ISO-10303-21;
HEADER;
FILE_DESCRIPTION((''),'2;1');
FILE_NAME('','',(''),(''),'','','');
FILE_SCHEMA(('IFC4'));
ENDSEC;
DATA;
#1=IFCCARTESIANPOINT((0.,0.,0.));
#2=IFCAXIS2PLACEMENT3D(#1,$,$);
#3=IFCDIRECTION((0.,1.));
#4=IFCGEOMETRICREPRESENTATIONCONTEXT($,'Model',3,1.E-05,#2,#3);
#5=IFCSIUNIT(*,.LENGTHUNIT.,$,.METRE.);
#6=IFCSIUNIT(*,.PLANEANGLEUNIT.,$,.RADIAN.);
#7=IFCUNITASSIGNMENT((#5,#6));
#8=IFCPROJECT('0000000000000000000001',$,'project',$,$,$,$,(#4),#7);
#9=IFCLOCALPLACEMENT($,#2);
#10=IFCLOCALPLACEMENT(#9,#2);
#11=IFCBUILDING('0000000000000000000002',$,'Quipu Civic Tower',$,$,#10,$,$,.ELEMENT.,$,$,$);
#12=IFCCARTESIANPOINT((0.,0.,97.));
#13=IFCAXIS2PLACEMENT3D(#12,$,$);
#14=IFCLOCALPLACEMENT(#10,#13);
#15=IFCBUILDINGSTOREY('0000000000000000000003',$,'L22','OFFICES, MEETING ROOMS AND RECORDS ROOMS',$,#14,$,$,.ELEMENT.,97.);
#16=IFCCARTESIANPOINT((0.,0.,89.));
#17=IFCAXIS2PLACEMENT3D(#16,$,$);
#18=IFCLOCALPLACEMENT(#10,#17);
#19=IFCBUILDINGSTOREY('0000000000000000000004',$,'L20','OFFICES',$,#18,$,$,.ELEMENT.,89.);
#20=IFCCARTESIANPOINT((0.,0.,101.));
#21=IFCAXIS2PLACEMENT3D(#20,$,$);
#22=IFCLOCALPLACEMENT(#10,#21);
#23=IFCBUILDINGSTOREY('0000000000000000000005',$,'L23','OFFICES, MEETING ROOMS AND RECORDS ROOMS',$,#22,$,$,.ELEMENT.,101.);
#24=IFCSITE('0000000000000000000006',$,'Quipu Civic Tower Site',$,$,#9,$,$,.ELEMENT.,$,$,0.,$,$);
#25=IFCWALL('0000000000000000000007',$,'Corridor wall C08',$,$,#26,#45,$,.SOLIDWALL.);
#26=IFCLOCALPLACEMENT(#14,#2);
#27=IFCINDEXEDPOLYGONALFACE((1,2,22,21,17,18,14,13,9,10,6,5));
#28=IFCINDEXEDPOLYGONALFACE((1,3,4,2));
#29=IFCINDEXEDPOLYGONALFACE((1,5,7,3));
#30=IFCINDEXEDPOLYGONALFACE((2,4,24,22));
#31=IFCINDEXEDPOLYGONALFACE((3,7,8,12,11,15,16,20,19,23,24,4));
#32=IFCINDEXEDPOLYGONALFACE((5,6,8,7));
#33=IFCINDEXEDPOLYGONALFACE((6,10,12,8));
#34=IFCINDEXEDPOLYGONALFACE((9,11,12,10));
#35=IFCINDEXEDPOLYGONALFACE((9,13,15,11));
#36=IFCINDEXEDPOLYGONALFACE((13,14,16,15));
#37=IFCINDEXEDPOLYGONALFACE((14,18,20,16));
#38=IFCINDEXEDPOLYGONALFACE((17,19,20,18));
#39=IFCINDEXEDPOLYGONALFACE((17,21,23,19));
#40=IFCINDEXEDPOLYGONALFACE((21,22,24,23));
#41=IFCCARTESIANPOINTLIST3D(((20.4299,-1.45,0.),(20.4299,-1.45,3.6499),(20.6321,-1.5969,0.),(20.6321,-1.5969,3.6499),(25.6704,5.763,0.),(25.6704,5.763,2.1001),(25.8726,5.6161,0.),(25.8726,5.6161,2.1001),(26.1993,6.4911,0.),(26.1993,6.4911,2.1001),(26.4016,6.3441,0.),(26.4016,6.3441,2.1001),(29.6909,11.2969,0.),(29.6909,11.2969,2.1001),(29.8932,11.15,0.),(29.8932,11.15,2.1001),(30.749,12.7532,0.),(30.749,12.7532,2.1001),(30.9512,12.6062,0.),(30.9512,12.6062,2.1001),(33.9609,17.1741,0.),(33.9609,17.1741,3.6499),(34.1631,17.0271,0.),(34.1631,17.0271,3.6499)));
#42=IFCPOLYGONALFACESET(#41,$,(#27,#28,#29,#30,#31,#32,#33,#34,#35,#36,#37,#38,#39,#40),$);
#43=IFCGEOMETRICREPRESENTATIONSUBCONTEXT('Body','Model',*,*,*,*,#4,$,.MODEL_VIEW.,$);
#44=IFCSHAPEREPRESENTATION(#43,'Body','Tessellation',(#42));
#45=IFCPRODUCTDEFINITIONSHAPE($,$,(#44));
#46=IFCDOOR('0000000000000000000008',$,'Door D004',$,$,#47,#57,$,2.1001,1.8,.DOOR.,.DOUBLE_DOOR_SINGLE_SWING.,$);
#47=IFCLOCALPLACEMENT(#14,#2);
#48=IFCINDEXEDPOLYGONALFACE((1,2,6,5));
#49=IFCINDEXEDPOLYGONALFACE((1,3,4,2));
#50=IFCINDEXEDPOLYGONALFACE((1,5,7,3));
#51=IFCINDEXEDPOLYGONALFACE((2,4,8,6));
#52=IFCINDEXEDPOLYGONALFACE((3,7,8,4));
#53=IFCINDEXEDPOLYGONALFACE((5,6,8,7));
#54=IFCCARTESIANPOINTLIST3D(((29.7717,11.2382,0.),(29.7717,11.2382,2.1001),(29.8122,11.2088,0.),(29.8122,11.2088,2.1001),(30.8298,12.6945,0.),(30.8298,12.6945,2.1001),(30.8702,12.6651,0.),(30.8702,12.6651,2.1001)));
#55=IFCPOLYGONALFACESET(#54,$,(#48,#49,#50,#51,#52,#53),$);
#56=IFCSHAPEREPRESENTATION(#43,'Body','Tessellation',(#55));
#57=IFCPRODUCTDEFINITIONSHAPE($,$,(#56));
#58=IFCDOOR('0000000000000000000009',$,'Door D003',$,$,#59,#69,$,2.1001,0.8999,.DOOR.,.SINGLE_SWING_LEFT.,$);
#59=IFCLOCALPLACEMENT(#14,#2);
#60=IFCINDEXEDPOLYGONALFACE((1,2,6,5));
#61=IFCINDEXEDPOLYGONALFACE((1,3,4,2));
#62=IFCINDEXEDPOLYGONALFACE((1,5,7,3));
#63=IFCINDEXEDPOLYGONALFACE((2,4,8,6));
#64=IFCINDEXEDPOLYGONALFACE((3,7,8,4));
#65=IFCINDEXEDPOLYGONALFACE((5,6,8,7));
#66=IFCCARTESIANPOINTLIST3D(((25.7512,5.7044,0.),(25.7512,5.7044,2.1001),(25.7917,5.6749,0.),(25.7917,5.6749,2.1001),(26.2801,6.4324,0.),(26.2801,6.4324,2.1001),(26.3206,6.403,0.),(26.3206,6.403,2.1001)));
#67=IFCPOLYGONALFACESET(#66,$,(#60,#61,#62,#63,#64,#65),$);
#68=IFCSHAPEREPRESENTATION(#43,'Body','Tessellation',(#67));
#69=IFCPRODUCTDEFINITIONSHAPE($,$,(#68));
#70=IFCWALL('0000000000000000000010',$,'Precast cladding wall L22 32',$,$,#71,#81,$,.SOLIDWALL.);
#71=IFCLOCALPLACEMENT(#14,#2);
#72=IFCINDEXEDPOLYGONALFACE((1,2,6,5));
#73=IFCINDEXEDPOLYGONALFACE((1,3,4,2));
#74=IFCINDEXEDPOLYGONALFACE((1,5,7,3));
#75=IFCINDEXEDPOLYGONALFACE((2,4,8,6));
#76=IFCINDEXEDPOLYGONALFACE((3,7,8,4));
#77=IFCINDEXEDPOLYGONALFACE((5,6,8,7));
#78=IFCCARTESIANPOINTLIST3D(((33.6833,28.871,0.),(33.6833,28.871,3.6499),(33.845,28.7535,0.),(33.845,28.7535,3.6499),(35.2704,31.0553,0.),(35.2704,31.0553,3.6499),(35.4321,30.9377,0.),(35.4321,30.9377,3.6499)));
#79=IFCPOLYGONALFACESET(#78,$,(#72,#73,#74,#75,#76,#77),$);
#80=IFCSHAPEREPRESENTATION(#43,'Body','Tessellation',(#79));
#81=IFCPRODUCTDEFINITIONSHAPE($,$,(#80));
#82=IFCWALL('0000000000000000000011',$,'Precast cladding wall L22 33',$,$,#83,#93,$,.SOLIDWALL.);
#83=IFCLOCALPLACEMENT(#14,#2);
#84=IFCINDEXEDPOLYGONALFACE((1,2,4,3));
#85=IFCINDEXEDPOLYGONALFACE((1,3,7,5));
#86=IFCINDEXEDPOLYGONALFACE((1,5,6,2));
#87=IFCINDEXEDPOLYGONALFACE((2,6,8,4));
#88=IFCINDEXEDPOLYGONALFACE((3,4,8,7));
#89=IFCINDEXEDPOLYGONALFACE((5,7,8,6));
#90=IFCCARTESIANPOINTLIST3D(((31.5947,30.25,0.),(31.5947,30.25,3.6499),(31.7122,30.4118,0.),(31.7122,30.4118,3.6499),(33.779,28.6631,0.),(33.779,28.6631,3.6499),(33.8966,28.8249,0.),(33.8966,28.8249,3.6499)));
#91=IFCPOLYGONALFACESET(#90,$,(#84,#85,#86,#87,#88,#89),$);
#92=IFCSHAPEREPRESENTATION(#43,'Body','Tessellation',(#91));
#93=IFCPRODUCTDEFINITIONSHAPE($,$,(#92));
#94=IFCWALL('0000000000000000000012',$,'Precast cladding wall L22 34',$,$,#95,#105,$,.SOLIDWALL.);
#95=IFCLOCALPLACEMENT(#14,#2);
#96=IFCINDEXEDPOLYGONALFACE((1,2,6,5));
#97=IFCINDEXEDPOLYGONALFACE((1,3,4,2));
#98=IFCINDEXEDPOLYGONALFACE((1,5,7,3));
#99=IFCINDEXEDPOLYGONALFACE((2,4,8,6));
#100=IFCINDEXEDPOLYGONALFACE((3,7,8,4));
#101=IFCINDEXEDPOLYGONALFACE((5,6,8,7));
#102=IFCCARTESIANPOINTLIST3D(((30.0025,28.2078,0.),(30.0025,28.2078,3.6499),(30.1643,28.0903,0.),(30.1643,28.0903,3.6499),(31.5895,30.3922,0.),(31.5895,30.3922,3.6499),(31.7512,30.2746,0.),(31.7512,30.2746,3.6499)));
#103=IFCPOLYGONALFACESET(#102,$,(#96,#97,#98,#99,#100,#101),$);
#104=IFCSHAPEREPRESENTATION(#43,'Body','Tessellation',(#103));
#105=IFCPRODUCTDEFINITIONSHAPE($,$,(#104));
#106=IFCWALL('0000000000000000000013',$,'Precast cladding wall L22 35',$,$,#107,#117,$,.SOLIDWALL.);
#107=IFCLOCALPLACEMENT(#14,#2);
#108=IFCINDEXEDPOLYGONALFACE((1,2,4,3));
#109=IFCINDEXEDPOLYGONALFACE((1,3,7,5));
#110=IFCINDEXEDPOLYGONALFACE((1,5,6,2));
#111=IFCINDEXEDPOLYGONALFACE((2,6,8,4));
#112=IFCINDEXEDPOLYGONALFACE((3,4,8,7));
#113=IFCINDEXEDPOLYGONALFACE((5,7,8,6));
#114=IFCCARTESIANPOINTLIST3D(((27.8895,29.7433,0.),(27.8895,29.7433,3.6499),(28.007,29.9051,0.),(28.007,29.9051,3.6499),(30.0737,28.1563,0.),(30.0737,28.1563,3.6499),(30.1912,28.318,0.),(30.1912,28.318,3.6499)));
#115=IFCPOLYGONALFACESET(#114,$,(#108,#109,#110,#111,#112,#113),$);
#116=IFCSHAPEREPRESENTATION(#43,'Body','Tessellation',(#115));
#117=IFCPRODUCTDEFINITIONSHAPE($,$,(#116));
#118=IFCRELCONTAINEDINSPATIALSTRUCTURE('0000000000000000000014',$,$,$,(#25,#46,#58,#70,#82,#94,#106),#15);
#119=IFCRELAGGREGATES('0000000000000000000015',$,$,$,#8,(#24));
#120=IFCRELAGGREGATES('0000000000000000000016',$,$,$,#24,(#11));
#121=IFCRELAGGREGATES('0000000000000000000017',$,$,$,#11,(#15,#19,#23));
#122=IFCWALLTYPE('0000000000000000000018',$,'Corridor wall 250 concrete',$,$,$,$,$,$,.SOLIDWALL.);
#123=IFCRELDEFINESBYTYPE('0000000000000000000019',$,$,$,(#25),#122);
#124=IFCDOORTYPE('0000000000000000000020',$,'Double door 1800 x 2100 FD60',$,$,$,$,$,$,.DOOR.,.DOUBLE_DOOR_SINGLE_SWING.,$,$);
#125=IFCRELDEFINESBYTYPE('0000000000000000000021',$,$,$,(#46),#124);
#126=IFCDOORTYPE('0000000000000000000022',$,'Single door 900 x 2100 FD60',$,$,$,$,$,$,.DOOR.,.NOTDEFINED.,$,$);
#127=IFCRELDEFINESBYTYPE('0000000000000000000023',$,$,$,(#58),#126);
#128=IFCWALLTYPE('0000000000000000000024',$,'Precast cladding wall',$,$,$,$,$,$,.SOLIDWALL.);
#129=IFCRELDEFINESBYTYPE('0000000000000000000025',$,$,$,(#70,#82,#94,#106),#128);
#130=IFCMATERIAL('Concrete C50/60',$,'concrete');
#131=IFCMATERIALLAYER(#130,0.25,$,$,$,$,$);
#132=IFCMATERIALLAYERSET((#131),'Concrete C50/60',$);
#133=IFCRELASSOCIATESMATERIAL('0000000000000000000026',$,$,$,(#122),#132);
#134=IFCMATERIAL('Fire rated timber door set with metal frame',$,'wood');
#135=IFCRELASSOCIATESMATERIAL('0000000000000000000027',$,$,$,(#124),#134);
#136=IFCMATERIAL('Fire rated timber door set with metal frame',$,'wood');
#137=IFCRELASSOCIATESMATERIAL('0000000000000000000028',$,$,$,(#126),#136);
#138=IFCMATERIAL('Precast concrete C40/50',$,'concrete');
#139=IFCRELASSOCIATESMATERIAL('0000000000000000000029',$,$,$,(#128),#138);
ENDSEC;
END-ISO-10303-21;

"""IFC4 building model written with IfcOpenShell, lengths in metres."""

from ifc_helpers import new_model, si_unit, direction, frame, frame_2d, origin, place, context, subcontext, project, spatial, rectangle, extrude, material, layer, layer_set, type_object, element, fill, save


model = new_model("IFC4")

# Units and contexts
model_context = context("Model", 3, precision=1e-05, world=origin(), true_north=direction((0.0, 1.0)))
body_context = subcontext(model_context, "Body", "Model", "MODEL_VIEW")
ifc_project = project(units=[si_unit("LENGTHUNIT", "METRE"), si_unit("PLANEANGLEUNIT", "RADIAN")], contexts=[model_context])

# Site, building, storey
site_placement = place(None, origin())
site = spatial("IfcSite", under=ifc_project, at=site_placement, Name="Quipu Civic Tower Site", CompositionType="ELEMENT", RefElevation=0.0)
building_placement = place(site_placement, origin())
building = spatial("IfcBuilding", under=site, at=building_placement, Name="Quipu Civic Tower", CompositionType="ELEMENT")
storey_1_placement = place(building_placement, frame((0.0, 0.0, 97.0)))
storey_1 = spatial("IfcBuildingStorey", under=building, at=storey_1_placement, Name="L22", Description="OFFICES, MEETING ROOMS AND RECORDS ROOMS", CompositionType="ELEMENT", Elevation=97.0)

# Shared definitions
storey_2_placement = place(building_placement, frame((0.0, 0.0, 89.0)))
storey_2 = spatial("IfcBuildingStorey", under=building, at=storey_2_placement, Name="L20", Description="OFFICES", CompositionType="ELEMENT", Elevation=89.0)

# Shared definitions
storey_3_placement = place(building_placement, frame((0.0, 0.0, 101.0)))
storey_3 = spatial("IfcBuildingStorey", under=building, at=storey_3_placement, Name="L23", Description="OFFICES, MEETING ROOMS AND RECORDS ROOMS", CompositionType="ELEMENT", Elevation=101.0)

# Shared definitions
ifc_material_1 = material(Name="Concrete C50/60", Category="concrete")
ifc_layer_1 = layer(ifc_material_1, 0.25)
ifc_layer_set_1 = layer_set([ifc_layer_1], Name="Concrete C50/60")
wall_type_1 = type_object("IfcWallType", Name="Corridor wall 250 concrete", PredefinedType="SOLIDWALL", material=ifc_layer_set_1)
ifc_material_2 = material(Name="Fire rated timber door set with metal frame", Category="wood")
door_type_1 = type_object("IfcDoorType", Name="Double door 1800 x 2100 FD60", OperationType="DOUBLE_DOOR_SINGLE_SWING", PredefinedType="DOOR", material=ifc_material_2)

# Wall, openings, doors
wall_1_placement = place(storey_1_placement, frame((34.062, 17.1006, 0.0), z_axis=(0.0, 0.0, 1.0), x_axis=(-0.587781, -0.80902, 0.0)))
wall_1 = element("IfcWall", 1, at=wall_1_placement, inside=storey_1, type_object=wall_type_1, Name="Corridor wall C08", PredefinedType="SOLIDWALL", context=body_context, shape_type="SweptSolid", body=[
    extrude(rectangle(XDim=23.0205, YDim=0.25, at=frame_2d((11.5103, 0.0))), origin(), (0.0, 0.0, 1.0), 3.6499),
])
opening_1_placement = place(wall_1_placement, frame((5.4646, 0.0, 0.0)))
opening_1 = element("IfcOpeningElement", 2, at=opening_1_placement, cuts=wall_1, PredefinedType="OPENING", context=body_context, shape_type="SweptSolid", body=[
    extrude(rectangle(XDim=1.8, YDim=2.1001, at=frame_2d((0.8999, 1.05))), frame((0.0, 0.135, 0.0), z_axis=(0.0, -1.0, 0.0), x_axis=(1.0, 0.0, 0.0)), (0.0, 0.0, 1.0), 0.27),
])
opening_2_placement = place(wall_1_placement, frame((13.2048, 0.0, 0.0)))
opening_2 = element("IfcOpeningElement", 3, at=opening_2_placement, cuts=wall_1, PredefinedType="OPENING", context=body_context, shape_type="SweptSolid", body=[
    extrude(rectangle(XDim=0.8999, YDim=2.1001, at=frame_2d((0.45, 1.05))), frame((0.0, 0.135, 0.0), z_axis=(0.0, -1.0, 0.0), x_axis=(1.0, 0.0, 0.0)), (0.0, 0.0, 1.0), 0.27),
])
door_1_placement = place(opening_1_placement, origin())
door_1 = element("IfcDoor", 4, at=door_1_placement, inside=storey_1, type_object=door_type_1, Name="Door D004", OperationType="DOUBLE_DOOR_SINGLE_SWING", OverallHeight=2.1001, OverallWidth=1.8, PredefinedType="DOOR", context=body_context, shape_type="SweptSolid", body=[
    extrude(rectangle(XDim=1.8, YDim=2.1001, at=frame_2d((0.8999, 1.05))), frame((0.0, 0.0249, 0.0), z_axis=(0.0, -1.0, 0.0), x_axis=(1.0, 0.0, 0.0)), (0.0, 0.0, 1.0), 0.05),
])
fill(opening_1, door_1)
ifc_material_3 = material(Name="Fire rated timber door set with metal frame", Category="wood")
door_type_2 = type_object("IfcDoorType", Name="Single door 900 x 2100 FD60", OperationType="NOTDEFINED", PredefinedType="DOOR", material=ifc_material_3)
door_2_placement = place(opening_2_placement, origin())
door_2 = element("IfcDoor", 5, at=door_2_placement, inside=storey_1, type_object=door_type_2, Name="Door D003", OperationType="SINGLE_SWING_LEFT", OverallHeight=2.1001, OverallWidth=0.8999, PredefinedType="DOOR", context=body_context, shape_type="SweptSolid", body=[
    extrude(rectangle(XDim=0.8999, YDim=2.1001, at=frame_2d((0.45, 1.05))), frame((0.0, 0.0249, 0.0), z_axis=(0.0, -1.0, 0.0), x_axis=(1.0, 0.0, 0.0)), (0.0, 0.0, 1.0), 0.05),
])
fill(opening_2, door_2)

# Walls
ifc_material_4 = material(Name="Precast concrete C40/50", Category="concrete")
wall_type_2 = type_object("IfcWallType", Name="Precast cladding wall", PredefinedType="SOLIDWALL", material=ifc_material_4)
for number, where, z_axis, x_axis, name in (
    (6, (35.3513, 30.9966, 0.0), (0.0, 0.0, 1.0), (-0.587822, -0.80899, 0.0), "Precast cladding wall L22 32"),
    (7, (33.8379, 28.7439, 0.0), (0.0, 0.0, 1.0), (-0.809033, 0.587763, 0.0), "Precast cladding wall L22 33"),
    (8, (31.6704, 30.3335, 0.0), (0.0, 0.0, 1.0), (-0.587763, -0.809033, 0.0), "Precast cladding wall L22 34"),
    (9, (30.1326, 28.2371, 0.0), (0.0, 0.0, 1.0), (-0.80899, 0.587822, 0.0), "Precast cladding wall L22 35"),
):
    element("IfcWall", number, at=place(storey_1_placement, frame(where, z_axis=z_axis, x_axis=x_axis)), inside=storey_1, type_object=wall_type_2, Name=name, PredefinedType="SOLIDWALL", context=body_context, shape_type="SweptSolid", body=[
        extrude(rectangle(XDim=2.7, YDim=0.2, at=frame_2d((1.3501, 0.0))), origin(), (0.0, 0.0, 1.0), 3.6499),
    ])

save(model, "model.ifc")
